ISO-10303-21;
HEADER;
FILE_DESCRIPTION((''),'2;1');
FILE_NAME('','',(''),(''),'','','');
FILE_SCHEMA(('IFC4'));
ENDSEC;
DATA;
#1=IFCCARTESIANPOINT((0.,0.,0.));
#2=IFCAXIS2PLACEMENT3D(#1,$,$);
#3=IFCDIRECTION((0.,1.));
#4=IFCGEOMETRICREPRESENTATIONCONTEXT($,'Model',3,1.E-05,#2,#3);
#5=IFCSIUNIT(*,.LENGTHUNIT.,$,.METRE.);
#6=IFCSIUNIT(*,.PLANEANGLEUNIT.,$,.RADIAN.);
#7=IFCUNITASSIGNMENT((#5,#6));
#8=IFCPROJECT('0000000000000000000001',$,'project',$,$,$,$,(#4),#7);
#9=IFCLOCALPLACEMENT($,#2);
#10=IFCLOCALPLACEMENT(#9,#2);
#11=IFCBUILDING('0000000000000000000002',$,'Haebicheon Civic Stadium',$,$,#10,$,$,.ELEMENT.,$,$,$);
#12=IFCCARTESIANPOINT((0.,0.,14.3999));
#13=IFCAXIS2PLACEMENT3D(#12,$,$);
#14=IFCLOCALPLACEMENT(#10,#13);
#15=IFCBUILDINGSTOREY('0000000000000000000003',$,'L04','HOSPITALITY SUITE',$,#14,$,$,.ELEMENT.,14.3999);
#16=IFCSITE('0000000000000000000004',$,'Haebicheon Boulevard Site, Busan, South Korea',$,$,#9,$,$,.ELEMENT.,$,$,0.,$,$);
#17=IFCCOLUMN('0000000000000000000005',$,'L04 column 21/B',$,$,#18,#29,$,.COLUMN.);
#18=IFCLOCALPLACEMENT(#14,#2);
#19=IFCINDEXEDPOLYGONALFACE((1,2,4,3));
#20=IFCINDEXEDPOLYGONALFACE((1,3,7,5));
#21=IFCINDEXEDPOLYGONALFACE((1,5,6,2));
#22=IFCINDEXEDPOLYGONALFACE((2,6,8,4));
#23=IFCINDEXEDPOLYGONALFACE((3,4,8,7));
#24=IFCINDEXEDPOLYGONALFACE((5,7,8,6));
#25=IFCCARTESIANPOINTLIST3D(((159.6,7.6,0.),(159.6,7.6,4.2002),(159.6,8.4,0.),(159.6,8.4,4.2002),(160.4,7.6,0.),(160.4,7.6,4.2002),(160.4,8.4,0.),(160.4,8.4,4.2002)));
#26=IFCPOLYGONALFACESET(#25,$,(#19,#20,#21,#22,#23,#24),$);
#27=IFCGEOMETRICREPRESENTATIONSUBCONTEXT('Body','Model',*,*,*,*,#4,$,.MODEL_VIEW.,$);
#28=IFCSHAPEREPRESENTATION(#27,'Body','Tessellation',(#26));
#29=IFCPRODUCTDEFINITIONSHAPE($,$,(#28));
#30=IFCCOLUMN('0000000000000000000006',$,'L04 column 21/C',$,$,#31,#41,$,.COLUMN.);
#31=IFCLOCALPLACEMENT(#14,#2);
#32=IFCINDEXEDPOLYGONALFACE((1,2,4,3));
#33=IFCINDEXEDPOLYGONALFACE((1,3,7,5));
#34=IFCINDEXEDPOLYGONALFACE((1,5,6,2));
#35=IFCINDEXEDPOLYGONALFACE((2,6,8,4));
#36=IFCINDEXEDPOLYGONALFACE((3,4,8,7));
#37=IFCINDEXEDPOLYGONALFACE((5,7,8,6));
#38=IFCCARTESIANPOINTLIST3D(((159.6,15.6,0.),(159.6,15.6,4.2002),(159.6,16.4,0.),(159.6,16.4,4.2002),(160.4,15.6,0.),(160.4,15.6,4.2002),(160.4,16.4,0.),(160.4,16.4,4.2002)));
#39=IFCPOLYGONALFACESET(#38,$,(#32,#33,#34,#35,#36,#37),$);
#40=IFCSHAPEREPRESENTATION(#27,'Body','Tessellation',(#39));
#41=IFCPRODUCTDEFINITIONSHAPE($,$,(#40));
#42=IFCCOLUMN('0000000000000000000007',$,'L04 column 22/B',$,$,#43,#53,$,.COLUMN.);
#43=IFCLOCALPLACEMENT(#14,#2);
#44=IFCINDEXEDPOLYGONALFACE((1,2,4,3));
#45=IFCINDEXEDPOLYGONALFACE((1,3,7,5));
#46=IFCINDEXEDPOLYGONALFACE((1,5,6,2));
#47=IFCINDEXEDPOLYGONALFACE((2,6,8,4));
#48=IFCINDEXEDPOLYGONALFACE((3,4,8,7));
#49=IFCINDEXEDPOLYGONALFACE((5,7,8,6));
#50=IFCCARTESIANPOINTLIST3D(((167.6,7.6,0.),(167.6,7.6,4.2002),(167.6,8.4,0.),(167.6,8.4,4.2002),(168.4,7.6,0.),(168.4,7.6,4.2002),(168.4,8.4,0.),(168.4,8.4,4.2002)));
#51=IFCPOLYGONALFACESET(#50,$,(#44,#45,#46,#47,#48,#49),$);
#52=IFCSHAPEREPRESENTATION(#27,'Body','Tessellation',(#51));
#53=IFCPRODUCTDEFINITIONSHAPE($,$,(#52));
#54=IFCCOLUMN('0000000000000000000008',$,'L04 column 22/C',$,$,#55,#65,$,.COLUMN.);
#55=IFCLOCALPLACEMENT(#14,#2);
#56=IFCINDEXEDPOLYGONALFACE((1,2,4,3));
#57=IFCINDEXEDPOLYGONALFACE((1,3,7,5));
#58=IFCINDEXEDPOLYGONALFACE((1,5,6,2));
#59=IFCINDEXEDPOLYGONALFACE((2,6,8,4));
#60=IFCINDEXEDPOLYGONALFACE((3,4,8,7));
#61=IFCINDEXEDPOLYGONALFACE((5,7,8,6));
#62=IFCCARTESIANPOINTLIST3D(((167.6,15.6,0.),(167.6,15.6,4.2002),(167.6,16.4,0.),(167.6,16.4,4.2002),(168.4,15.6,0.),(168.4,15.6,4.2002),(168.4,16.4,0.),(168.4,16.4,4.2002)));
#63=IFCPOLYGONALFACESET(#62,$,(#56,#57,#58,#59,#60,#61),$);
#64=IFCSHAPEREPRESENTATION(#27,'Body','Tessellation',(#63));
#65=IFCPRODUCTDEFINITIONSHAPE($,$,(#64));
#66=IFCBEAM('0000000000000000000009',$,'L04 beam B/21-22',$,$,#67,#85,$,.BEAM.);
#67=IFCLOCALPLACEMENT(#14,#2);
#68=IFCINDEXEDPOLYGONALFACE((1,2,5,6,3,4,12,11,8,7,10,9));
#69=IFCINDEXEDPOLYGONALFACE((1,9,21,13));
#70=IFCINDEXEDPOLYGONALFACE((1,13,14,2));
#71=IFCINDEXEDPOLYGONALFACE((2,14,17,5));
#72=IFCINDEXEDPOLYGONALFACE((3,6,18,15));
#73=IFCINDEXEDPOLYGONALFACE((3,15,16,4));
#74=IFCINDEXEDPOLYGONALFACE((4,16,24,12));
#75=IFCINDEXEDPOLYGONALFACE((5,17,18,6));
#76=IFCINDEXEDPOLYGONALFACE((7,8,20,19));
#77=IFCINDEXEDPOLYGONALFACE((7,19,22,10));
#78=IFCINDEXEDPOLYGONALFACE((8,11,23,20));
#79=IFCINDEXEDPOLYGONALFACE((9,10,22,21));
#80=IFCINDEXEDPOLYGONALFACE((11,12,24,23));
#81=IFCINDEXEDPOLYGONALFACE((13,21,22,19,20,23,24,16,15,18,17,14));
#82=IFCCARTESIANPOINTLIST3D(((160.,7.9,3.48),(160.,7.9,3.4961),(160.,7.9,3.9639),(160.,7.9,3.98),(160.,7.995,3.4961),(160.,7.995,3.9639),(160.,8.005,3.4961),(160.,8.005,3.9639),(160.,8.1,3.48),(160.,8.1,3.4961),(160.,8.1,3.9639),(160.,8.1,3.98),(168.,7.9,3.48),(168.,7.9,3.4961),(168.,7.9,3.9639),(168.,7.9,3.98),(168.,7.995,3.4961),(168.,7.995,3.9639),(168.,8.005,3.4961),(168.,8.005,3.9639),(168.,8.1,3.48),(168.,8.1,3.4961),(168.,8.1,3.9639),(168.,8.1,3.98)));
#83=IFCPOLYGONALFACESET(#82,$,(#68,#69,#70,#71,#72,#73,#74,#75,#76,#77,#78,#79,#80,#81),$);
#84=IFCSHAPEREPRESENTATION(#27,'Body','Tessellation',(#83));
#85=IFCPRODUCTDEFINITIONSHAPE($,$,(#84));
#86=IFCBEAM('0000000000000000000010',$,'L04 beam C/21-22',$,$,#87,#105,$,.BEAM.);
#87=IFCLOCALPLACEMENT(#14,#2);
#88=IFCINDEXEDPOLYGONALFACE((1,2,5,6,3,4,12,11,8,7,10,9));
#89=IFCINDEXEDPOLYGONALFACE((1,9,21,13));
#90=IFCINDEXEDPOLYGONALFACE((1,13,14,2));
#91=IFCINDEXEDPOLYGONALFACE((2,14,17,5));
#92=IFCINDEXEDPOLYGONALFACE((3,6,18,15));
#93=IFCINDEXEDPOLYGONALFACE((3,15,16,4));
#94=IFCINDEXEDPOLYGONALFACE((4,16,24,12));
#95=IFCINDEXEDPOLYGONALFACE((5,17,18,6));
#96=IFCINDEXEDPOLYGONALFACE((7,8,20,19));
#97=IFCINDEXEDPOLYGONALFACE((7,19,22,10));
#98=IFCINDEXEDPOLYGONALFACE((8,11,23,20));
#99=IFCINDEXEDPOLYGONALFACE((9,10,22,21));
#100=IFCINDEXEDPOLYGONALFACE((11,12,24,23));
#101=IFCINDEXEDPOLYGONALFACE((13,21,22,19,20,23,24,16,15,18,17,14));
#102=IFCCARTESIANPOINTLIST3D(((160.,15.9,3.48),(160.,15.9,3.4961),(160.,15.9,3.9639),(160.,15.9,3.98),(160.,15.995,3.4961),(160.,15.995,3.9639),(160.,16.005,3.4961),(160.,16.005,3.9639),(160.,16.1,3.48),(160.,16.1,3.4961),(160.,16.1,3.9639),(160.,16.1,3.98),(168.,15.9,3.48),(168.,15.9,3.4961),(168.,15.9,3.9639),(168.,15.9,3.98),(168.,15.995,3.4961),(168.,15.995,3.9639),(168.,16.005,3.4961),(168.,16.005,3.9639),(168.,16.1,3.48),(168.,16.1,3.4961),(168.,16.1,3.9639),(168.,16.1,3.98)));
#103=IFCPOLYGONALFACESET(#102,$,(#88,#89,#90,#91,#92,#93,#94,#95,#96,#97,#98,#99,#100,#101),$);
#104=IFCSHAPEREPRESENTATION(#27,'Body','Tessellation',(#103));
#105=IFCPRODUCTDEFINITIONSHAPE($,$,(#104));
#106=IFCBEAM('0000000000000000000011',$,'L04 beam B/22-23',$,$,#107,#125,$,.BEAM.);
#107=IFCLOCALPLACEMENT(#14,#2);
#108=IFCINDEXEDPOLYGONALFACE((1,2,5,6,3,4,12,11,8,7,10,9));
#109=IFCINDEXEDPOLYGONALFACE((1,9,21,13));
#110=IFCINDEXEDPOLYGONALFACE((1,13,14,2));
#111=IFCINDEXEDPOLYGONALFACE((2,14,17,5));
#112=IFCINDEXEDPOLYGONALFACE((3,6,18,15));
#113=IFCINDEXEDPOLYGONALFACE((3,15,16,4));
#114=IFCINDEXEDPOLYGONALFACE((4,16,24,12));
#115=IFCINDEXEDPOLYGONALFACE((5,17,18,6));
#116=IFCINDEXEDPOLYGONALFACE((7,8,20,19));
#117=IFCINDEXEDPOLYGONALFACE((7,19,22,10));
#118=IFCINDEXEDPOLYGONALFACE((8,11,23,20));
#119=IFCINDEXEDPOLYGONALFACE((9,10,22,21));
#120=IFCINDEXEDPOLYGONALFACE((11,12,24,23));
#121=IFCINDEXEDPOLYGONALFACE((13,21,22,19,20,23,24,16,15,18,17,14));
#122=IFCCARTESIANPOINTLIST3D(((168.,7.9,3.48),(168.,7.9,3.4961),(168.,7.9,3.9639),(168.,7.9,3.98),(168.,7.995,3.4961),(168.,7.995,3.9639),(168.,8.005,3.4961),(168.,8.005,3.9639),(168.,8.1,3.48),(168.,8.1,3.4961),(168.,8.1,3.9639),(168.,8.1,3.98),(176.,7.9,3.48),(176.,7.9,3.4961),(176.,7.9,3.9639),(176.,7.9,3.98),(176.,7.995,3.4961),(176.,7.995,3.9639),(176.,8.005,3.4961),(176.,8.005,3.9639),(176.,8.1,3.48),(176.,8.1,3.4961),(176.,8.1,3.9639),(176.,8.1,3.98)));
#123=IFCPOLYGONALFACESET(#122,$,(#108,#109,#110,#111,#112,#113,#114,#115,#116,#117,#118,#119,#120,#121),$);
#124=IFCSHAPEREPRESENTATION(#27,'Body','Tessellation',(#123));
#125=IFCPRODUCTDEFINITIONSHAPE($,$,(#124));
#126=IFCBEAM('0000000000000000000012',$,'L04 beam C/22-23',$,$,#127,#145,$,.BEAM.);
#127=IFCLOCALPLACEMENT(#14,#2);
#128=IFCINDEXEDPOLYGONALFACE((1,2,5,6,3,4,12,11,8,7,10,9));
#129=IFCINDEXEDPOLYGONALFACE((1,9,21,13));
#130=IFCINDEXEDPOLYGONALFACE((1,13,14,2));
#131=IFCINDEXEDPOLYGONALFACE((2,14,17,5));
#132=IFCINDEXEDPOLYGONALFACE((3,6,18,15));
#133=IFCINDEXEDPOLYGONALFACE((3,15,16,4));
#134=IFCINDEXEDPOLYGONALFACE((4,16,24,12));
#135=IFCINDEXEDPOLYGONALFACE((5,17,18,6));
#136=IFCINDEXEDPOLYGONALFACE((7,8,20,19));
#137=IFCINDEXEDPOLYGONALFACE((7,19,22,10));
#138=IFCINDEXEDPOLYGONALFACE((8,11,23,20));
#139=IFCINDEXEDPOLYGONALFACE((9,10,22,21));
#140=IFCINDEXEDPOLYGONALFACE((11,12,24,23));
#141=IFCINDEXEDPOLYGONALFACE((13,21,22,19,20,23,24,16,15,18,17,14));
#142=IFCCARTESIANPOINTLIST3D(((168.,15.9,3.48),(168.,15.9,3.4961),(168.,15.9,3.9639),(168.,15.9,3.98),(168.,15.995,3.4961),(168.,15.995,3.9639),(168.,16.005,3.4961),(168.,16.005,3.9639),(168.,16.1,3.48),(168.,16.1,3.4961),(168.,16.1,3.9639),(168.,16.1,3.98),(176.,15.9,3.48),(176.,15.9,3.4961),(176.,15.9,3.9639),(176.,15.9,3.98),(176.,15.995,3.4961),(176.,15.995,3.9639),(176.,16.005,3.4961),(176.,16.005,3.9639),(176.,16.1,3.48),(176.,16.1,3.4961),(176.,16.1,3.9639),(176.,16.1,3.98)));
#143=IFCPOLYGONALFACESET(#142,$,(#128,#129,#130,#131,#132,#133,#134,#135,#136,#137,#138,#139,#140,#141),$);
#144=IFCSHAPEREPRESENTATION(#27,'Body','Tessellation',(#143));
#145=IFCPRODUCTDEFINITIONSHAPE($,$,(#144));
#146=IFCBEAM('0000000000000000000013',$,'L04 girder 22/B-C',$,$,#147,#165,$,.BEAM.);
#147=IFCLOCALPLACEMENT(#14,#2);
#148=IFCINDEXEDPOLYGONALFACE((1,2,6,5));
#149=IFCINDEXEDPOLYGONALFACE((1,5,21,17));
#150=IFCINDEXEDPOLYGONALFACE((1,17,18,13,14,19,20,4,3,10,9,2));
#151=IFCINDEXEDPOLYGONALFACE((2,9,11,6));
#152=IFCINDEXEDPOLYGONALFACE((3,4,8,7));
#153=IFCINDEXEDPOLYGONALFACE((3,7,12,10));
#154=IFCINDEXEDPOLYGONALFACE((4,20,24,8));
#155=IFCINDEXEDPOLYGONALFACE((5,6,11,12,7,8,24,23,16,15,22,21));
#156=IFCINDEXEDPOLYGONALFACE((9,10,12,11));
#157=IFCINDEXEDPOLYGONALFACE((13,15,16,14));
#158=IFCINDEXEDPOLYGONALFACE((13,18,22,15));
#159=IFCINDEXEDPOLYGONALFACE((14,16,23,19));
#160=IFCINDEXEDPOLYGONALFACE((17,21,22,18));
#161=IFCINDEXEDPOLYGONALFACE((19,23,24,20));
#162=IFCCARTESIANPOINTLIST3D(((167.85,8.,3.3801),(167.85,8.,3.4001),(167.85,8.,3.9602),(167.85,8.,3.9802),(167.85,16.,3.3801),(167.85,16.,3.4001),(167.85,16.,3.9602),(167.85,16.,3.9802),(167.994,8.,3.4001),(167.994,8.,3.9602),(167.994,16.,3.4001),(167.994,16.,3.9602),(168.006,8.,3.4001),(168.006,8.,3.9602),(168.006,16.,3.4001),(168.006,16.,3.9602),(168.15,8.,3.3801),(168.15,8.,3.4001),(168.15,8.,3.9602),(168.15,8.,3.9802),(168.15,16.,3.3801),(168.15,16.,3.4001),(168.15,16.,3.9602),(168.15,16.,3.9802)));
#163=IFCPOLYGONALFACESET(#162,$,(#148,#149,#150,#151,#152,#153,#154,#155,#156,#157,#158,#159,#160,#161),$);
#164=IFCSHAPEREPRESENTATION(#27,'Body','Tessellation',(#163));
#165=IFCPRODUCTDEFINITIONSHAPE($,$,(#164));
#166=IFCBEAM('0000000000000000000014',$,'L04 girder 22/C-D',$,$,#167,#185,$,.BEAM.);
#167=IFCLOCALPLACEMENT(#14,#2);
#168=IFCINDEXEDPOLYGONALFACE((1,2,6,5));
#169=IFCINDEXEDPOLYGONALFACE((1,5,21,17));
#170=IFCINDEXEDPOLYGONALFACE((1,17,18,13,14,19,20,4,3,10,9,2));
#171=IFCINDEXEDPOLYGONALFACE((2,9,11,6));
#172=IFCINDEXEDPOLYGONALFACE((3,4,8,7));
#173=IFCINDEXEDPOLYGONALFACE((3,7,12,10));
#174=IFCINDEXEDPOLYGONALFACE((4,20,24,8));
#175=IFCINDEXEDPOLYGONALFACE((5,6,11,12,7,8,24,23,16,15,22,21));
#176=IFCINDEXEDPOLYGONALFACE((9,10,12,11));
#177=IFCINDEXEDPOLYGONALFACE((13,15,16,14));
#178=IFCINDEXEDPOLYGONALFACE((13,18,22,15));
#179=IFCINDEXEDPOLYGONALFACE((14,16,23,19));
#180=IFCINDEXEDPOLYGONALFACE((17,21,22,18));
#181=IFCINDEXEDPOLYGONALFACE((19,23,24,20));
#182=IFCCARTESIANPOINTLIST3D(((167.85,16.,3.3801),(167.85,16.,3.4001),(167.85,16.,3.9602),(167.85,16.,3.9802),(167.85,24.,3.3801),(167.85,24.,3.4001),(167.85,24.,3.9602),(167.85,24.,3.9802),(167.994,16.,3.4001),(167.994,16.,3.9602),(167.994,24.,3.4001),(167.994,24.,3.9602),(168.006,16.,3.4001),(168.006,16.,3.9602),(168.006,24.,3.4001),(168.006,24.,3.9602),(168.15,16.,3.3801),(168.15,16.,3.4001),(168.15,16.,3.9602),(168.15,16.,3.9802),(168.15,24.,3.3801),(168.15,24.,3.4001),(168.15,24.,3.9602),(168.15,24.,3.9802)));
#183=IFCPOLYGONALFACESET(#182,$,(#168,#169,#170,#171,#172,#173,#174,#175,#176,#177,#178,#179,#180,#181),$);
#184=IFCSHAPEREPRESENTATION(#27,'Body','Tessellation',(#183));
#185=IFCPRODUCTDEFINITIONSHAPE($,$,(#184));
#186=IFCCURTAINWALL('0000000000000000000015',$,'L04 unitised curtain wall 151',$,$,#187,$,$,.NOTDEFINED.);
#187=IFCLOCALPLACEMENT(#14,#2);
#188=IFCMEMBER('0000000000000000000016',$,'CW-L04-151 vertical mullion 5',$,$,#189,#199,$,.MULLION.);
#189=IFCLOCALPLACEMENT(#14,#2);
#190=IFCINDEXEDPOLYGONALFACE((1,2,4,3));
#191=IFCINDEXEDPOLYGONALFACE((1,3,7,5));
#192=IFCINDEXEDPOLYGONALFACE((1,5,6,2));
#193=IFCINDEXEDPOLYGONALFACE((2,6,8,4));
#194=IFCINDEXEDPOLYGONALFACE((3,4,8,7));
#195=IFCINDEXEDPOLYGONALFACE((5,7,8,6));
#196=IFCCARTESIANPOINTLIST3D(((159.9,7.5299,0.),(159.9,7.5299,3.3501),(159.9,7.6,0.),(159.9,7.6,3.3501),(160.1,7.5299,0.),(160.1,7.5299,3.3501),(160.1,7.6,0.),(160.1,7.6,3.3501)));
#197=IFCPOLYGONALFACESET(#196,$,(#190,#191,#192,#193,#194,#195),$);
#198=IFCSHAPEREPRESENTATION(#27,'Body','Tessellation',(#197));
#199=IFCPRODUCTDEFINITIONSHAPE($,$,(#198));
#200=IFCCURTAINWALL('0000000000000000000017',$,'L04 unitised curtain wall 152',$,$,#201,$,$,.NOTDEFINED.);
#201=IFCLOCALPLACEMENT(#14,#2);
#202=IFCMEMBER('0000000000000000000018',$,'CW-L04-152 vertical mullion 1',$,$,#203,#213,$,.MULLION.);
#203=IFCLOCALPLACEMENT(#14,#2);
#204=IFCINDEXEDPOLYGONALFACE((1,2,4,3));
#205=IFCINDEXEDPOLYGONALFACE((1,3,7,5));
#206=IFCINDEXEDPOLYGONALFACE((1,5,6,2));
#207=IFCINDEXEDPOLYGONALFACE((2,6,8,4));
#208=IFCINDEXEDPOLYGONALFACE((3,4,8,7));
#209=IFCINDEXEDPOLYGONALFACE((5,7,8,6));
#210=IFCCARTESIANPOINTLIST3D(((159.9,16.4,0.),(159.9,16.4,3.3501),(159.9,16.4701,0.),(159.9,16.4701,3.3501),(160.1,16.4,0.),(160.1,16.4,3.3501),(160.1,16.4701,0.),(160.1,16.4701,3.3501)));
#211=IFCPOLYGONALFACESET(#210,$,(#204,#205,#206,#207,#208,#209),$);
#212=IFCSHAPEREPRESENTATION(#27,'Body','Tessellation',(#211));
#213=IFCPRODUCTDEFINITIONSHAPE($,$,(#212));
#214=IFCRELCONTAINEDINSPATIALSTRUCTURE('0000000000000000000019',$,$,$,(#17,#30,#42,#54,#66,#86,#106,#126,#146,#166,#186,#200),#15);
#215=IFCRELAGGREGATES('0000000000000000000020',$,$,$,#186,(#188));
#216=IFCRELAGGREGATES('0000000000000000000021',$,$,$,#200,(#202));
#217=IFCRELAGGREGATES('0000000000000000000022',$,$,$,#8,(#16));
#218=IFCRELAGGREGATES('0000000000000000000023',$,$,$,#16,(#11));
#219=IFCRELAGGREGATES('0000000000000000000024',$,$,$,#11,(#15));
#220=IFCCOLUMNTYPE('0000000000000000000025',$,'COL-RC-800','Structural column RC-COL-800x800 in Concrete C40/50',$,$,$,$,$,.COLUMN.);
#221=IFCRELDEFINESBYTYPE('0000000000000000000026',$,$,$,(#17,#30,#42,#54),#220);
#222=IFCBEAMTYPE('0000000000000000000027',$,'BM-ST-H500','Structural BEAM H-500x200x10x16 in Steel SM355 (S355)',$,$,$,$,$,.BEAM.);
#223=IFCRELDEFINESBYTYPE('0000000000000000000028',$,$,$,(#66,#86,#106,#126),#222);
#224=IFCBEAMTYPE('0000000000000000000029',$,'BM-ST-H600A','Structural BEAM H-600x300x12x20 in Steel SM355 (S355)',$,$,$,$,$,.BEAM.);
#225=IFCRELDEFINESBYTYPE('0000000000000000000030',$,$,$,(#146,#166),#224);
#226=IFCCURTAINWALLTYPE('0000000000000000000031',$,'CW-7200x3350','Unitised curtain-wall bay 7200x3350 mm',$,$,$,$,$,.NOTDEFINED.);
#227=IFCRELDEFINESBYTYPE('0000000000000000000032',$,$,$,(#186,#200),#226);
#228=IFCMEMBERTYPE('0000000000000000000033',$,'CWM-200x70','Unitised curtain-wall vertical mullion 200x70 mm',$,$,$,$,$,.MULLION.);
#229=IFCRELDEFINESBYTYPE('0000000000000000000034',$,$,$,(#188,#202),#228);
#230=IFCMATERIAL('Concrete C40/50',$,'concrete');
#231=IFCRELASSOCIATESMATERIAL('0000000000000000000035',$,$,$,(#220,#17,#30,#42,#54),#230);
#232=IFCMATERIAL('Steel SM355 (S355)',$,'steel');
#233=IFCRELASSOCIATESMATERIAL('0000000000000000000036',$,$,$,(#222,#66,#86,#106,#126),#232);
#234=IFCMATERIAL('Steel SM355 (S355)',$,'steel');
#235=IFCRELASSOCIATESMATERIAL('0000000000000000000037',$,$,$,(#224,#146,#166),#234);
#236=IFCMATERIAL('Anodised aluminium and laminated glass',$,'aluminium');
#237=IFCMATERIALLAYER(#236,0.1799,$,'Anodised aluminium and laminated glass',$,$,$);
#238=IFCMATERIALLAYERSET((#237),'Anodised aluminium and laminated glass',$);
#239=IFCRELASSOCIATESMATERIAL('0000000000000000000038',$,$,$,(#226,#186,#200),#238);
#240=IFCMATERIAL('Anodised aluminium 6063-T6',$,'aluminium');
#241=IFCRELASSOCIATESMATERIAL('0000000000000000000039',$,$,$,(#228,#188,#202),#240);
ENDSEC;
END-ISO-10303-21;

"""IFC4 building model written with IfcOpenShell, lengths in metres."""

from ifc_helpers import new_model, si_unit, direction, frame, origin, origin_2d, place, context, subcontext, project, spatial, rectangle, i_section, extrude, material, layer, layer_set, material_profile, profile_set, type_object, element, aggregate, save


model = new_model("IFC4")

# Units and contexts
model_context = context("Model", 3, precision=1e-05, world=origin(), true_north=direction((0.0, 1.0)))
body_context = subcontext(model_context, "Body", "Model", "MODEL_VIEW")
ifc_project = project(units=[si_unit("LENGTHUNIT", "METRE"), si_unit("PLANEANGLEUNIT", "RADIAN")], contexts=[model_context])

# Site, building, storey
site_placement = place(None, origin())
site = spatial("IfcSite", under=ifc_project, at=site_placement, Name="Haebicheon Boulevard Site, Busan, South Korea", CompositionType="ELEMENT", RefElevation=0.0)
building_placement = place(site_placement, origin())
building = spatial("IfcBuilding", under=site, at=building_placement, Name="Haebicheon Civic Stadium", CompositionType="ELEMENT")
storey_placement = place(building_placement, frame((0.0, 0.0, 14.3999)))
storey = spatial("IfcBuildingStorey", under=building, at=storey_placement, Name="L04", Description="HOSPITALITY SUITE", CompositionType="ELEMENT", Elevation=14.3999)

# Columns
ifc_material_1 = material(Name="Concrete C40/50", Category="concrete")
ifc_material_profile_1 = material_profile(ifc_material_1, rectangle(XDim=0.8, YDim=0.8, at=origin_2d()), Name="RC-COL-800x800")
ifc_profile_set_1 = profile_set([ifc_material_profile_1], Name="Concrete C40/50")
column_type = type_object("IfcColumnType", Name="COL-RC-800", Description="Structural column RC-COL-800x800 in Concrete C40/50", PredefinedType="COLUMN", material=ifc_profile_set_1)
for number, where, z_axis, x_axis, name in (
    (1, (160.0, 8.0, 0.0), (0.0, 0.0, 1.0), (1.0, 0.0, 0.0), "L04 column 21/B"),
    (2, (160.0, 16.0, 0.0), (0.0, 0.0, 1.0), (1.0, 0.0, 0.0), "L04 column 21/C"),
    (3, (168.0, 8.0, 0.0), (0.0, 0.0, 1.0), (1.0, 0.0, 0.0), "L04 column 22/B"),
    (4, (168.0, 16.0, 0.0), (0.0, 0.0, 1.0), (1.0, 0.0, 0.0), "L04 column 22/C"),
):
    element("IfcColumn", number, at=place(storey_placement, frame(where, z_axis=z_axis, x_axis=x_axis)), inside=storey, type_object=column_type, material=ifc_profile_set_1, Name=name, PredefinedType="COLUMN", context=body_context, shape_type="SweptSolid", body=[
        extrude(rectangle(XDim=0.8, YDim=0.8, at=origin_2d()), origin(), (0.0, 0.0, 1.0), 4.2002),
    ])

# Beams
ifc_material_2 = material(Name="Steel SM355 (S355)", Category="steel")
ifc_material_profile_2 = material_profile(ifc_material_2, i_section(OverallWidth=0.2, OverallDepth=0.5, WebThickness=0.01, FlangeThickness=0.0161, at=origin_2d()), Name="H-500x200x10x16")
ifc_profile_set_2 = profile_set([ifc_material_profile_2], Name="Steel SM355 (S355)")
beam_type_1 = type_object("IfcBeamType", Name="BM-ST-H500", Description="Structural BEAM H-500x200x10x16 in Steel SM355 (S355)", PredefinedType="BEAM", material=ifc_profile_set_2)
for number, where, z_axis, x_axis, name in (
    (5, (160.0, 8.0, 3.73), (1.0, 0.0, 0.0), (0.0, 1.0, 0.0), "L04 beam B/21-22"),
    (6, (160.0, 16.0, 3.73), (1.0, 0.0, 0.0), (0.0, 1.0, 0.0), "L04 beam C/21-22"),
    (7, (168.0, 8.0, 3.73), (1.0, 0.0, 0.0), (0.0, 1.0, 0.0), "L04 beam B/22-23"),
    (8, (168.0, 16.0, 3.73), (1.0, 0.0, 0.0), (0.0, 1.0, 0.0), "L04 beam C/22-23"),
):
    element("IfcBeam", number, at=place(storey_placement, frame(where, z_axis=z_axis, x_axis=x_axis)), inside=storey, type_object=beam_type_1, material=ifc_profile_set_2, Name=name, PredefinedType="BEAM", context=body_context, shape_type="SweptSolid", body=[
        extrude(i_section(OverallWidth=0.2, OverallDepth=0.5, WebThickness=0.01, FlangeThickness=0.0161, at=origin_2d()), origin(), (0.0, 0.0, 1.0), 8.0),
    ])
ifc_material_3 = material(Name="Steel SM355 (S355)", Category="steel")
ifc_material_profile_3 = material_profile(ifc_material_3, i_section(OverallWidth=0.3, OverallDepth=0.6001, WebThickness=0.012, FlangeThickness=0.02, at=origin_2d()), Name="H-600x300x12x20")
ifc_profile_set_3 = profile_set([ifc_material_profile_3], Name="Steel SM355 (S355)")
beam_type_2 = type_object("IfcBeamType", Name="BM-ST-H600A", Description="Structural BEAM H-600x300x12x20 in Steel SM355 (S355)", PredefinedType="BEAM", material=ifc_profile_set_3)
for number, where, z_axis, x_axis, name in (
    (9, (168.0, 8.0, 3.6802), (0.0, 1.0, 0.0), (-1.0, 0.0, 0.0), "L04 girder 22/B-C"),
    (10, (168.0, 16.0, 3.6802), (0.0, 1.0, 0.0), (-1.0, 0.0, 0.0), "L04 girder 22/C-D"),
):
    element("IfcBeam", number, at=place(storey_placement, frame(where, z_axis=z_axis, x_axis=x_axis)), inside=storey, type_object=beam_type_2, material=ifc_profile_set_3, Name=name, PredefinedType="BEAM", context=body_context, shape_type="SweptSolid", body=[
        extrude(i_section(OverallWidth=0.3, OverallDepth=0.6001, WebThickness=0.012, FlangeThickness=0.02, at=origin_2d()), origin(), (0.0, 0.0, 1.0), 8.0),
    ])

# Curtain wall, member
ifc_material_4 = material(Name="Anodised aluminium and laminated glass", Category="aluminium")
ifc_layer_1 = layer(ifc_material_4, 0.1799, Name="Anodised aluminium and laminated glass")
ifc_layer_set_1 = layer_set([ifc_layer_1], Name="Anodised aluminium and laminated glass")
curtain_wall_type = type_object("IfcCurtainWallType", Name="CW-7200x3350", Description="Unitised curtain-wall bay 7200x3350 mm", PredefinedType="NOTDEFINED", material=ifc_layer_set_1)
curtain_wall_1_placement = place(storey_placement, origin())
curtain_wall_1 = element("IfcCurtainWall", 11, at=curtain_wall_1_placement, inside=storey, type_object=curtain_wall_type, material=ifc_layer_set_1, Name="L04 unitised curtain wall 151", PredefinedType="NOTDEFINED")
ifc_material_5 = material(Name="Anodised aluminium 6063-T6", Category="aluminium")
ifc_material_profile_4 = material_profile(ifc_material_5, rectangle(XDim=0.0701, YDim=0.2, at=origin_2d()), Name="ALU-MULL-70x200")
ifc_profile_set_4 = profile_set([ifc_material_profile_4], Name="Anodised aluminium 6063-T6")
member_type_1 = type_object("IfcMemberType", Name="CWM-200x70", Description="Unitised curtain-wall vertical mullion 200x70 mm", PredefinedType="MULLION", material=ifc_profile_set_4)
member_1_placement = place(storey_placement, frame((160.0, 7.5649, 0.0), z_axis=(0.0, 0.0, 1.0), x_axis=(0.0, 1.0, 0.0)))
member_1 = element("IfcMember", 12, at=member_1_placement, type_object=member_type_1, material=ifc_profile_set_4, Name="CW-L04-151 vertical mullion 5", PredefinedType="MULLION", context=body_context, shape_type="SweptSolid", body=[
    extrude(rectangle(XDim=0.0701, YDim=0.2, at=origin_2d()), origin(), (0.0, 0.0, 1.0), 3.3501),
])
aggregate(curtain_wall_1, [member_1])

# Curtain wall, member
curtain_wall_2_placement = place(storey_placement, origin())
curtain_wall_2 = element("IfcCurtainWall", 13, at=curtain_wall_2_placement, inside=storey, type_object=curtain_wall_type, material=ifc_layer_set_1, Name="L04 unitised curtain wall 152", PredefinedType="NOTDEFINED")
member_2_placement = place(storey_placement, frame((160.0, 16.4351, 0.0), z_axis=(0.0, 0.0, 1.0), x_axis=(0.0, 1.0, 0.0)))
member_2 = element("IfcMember", 14, at=member_2_placement, type_object=member_type_1, material=ifc_profile_set_4, Name="CW-L04-152 vertical mullion 1", PredefinedType="MULLION", context=body_context, shape_type="SweptSolid", body=[
    extrude(rectangle(XDim=0.0701, YDim=0.2, at=origin_2d()), origin(), (0.0, 0.0, 1.0), 3.3501),
])
aggregate(curtain_wall_2, [member_2])

save(model, "model.ifc")
